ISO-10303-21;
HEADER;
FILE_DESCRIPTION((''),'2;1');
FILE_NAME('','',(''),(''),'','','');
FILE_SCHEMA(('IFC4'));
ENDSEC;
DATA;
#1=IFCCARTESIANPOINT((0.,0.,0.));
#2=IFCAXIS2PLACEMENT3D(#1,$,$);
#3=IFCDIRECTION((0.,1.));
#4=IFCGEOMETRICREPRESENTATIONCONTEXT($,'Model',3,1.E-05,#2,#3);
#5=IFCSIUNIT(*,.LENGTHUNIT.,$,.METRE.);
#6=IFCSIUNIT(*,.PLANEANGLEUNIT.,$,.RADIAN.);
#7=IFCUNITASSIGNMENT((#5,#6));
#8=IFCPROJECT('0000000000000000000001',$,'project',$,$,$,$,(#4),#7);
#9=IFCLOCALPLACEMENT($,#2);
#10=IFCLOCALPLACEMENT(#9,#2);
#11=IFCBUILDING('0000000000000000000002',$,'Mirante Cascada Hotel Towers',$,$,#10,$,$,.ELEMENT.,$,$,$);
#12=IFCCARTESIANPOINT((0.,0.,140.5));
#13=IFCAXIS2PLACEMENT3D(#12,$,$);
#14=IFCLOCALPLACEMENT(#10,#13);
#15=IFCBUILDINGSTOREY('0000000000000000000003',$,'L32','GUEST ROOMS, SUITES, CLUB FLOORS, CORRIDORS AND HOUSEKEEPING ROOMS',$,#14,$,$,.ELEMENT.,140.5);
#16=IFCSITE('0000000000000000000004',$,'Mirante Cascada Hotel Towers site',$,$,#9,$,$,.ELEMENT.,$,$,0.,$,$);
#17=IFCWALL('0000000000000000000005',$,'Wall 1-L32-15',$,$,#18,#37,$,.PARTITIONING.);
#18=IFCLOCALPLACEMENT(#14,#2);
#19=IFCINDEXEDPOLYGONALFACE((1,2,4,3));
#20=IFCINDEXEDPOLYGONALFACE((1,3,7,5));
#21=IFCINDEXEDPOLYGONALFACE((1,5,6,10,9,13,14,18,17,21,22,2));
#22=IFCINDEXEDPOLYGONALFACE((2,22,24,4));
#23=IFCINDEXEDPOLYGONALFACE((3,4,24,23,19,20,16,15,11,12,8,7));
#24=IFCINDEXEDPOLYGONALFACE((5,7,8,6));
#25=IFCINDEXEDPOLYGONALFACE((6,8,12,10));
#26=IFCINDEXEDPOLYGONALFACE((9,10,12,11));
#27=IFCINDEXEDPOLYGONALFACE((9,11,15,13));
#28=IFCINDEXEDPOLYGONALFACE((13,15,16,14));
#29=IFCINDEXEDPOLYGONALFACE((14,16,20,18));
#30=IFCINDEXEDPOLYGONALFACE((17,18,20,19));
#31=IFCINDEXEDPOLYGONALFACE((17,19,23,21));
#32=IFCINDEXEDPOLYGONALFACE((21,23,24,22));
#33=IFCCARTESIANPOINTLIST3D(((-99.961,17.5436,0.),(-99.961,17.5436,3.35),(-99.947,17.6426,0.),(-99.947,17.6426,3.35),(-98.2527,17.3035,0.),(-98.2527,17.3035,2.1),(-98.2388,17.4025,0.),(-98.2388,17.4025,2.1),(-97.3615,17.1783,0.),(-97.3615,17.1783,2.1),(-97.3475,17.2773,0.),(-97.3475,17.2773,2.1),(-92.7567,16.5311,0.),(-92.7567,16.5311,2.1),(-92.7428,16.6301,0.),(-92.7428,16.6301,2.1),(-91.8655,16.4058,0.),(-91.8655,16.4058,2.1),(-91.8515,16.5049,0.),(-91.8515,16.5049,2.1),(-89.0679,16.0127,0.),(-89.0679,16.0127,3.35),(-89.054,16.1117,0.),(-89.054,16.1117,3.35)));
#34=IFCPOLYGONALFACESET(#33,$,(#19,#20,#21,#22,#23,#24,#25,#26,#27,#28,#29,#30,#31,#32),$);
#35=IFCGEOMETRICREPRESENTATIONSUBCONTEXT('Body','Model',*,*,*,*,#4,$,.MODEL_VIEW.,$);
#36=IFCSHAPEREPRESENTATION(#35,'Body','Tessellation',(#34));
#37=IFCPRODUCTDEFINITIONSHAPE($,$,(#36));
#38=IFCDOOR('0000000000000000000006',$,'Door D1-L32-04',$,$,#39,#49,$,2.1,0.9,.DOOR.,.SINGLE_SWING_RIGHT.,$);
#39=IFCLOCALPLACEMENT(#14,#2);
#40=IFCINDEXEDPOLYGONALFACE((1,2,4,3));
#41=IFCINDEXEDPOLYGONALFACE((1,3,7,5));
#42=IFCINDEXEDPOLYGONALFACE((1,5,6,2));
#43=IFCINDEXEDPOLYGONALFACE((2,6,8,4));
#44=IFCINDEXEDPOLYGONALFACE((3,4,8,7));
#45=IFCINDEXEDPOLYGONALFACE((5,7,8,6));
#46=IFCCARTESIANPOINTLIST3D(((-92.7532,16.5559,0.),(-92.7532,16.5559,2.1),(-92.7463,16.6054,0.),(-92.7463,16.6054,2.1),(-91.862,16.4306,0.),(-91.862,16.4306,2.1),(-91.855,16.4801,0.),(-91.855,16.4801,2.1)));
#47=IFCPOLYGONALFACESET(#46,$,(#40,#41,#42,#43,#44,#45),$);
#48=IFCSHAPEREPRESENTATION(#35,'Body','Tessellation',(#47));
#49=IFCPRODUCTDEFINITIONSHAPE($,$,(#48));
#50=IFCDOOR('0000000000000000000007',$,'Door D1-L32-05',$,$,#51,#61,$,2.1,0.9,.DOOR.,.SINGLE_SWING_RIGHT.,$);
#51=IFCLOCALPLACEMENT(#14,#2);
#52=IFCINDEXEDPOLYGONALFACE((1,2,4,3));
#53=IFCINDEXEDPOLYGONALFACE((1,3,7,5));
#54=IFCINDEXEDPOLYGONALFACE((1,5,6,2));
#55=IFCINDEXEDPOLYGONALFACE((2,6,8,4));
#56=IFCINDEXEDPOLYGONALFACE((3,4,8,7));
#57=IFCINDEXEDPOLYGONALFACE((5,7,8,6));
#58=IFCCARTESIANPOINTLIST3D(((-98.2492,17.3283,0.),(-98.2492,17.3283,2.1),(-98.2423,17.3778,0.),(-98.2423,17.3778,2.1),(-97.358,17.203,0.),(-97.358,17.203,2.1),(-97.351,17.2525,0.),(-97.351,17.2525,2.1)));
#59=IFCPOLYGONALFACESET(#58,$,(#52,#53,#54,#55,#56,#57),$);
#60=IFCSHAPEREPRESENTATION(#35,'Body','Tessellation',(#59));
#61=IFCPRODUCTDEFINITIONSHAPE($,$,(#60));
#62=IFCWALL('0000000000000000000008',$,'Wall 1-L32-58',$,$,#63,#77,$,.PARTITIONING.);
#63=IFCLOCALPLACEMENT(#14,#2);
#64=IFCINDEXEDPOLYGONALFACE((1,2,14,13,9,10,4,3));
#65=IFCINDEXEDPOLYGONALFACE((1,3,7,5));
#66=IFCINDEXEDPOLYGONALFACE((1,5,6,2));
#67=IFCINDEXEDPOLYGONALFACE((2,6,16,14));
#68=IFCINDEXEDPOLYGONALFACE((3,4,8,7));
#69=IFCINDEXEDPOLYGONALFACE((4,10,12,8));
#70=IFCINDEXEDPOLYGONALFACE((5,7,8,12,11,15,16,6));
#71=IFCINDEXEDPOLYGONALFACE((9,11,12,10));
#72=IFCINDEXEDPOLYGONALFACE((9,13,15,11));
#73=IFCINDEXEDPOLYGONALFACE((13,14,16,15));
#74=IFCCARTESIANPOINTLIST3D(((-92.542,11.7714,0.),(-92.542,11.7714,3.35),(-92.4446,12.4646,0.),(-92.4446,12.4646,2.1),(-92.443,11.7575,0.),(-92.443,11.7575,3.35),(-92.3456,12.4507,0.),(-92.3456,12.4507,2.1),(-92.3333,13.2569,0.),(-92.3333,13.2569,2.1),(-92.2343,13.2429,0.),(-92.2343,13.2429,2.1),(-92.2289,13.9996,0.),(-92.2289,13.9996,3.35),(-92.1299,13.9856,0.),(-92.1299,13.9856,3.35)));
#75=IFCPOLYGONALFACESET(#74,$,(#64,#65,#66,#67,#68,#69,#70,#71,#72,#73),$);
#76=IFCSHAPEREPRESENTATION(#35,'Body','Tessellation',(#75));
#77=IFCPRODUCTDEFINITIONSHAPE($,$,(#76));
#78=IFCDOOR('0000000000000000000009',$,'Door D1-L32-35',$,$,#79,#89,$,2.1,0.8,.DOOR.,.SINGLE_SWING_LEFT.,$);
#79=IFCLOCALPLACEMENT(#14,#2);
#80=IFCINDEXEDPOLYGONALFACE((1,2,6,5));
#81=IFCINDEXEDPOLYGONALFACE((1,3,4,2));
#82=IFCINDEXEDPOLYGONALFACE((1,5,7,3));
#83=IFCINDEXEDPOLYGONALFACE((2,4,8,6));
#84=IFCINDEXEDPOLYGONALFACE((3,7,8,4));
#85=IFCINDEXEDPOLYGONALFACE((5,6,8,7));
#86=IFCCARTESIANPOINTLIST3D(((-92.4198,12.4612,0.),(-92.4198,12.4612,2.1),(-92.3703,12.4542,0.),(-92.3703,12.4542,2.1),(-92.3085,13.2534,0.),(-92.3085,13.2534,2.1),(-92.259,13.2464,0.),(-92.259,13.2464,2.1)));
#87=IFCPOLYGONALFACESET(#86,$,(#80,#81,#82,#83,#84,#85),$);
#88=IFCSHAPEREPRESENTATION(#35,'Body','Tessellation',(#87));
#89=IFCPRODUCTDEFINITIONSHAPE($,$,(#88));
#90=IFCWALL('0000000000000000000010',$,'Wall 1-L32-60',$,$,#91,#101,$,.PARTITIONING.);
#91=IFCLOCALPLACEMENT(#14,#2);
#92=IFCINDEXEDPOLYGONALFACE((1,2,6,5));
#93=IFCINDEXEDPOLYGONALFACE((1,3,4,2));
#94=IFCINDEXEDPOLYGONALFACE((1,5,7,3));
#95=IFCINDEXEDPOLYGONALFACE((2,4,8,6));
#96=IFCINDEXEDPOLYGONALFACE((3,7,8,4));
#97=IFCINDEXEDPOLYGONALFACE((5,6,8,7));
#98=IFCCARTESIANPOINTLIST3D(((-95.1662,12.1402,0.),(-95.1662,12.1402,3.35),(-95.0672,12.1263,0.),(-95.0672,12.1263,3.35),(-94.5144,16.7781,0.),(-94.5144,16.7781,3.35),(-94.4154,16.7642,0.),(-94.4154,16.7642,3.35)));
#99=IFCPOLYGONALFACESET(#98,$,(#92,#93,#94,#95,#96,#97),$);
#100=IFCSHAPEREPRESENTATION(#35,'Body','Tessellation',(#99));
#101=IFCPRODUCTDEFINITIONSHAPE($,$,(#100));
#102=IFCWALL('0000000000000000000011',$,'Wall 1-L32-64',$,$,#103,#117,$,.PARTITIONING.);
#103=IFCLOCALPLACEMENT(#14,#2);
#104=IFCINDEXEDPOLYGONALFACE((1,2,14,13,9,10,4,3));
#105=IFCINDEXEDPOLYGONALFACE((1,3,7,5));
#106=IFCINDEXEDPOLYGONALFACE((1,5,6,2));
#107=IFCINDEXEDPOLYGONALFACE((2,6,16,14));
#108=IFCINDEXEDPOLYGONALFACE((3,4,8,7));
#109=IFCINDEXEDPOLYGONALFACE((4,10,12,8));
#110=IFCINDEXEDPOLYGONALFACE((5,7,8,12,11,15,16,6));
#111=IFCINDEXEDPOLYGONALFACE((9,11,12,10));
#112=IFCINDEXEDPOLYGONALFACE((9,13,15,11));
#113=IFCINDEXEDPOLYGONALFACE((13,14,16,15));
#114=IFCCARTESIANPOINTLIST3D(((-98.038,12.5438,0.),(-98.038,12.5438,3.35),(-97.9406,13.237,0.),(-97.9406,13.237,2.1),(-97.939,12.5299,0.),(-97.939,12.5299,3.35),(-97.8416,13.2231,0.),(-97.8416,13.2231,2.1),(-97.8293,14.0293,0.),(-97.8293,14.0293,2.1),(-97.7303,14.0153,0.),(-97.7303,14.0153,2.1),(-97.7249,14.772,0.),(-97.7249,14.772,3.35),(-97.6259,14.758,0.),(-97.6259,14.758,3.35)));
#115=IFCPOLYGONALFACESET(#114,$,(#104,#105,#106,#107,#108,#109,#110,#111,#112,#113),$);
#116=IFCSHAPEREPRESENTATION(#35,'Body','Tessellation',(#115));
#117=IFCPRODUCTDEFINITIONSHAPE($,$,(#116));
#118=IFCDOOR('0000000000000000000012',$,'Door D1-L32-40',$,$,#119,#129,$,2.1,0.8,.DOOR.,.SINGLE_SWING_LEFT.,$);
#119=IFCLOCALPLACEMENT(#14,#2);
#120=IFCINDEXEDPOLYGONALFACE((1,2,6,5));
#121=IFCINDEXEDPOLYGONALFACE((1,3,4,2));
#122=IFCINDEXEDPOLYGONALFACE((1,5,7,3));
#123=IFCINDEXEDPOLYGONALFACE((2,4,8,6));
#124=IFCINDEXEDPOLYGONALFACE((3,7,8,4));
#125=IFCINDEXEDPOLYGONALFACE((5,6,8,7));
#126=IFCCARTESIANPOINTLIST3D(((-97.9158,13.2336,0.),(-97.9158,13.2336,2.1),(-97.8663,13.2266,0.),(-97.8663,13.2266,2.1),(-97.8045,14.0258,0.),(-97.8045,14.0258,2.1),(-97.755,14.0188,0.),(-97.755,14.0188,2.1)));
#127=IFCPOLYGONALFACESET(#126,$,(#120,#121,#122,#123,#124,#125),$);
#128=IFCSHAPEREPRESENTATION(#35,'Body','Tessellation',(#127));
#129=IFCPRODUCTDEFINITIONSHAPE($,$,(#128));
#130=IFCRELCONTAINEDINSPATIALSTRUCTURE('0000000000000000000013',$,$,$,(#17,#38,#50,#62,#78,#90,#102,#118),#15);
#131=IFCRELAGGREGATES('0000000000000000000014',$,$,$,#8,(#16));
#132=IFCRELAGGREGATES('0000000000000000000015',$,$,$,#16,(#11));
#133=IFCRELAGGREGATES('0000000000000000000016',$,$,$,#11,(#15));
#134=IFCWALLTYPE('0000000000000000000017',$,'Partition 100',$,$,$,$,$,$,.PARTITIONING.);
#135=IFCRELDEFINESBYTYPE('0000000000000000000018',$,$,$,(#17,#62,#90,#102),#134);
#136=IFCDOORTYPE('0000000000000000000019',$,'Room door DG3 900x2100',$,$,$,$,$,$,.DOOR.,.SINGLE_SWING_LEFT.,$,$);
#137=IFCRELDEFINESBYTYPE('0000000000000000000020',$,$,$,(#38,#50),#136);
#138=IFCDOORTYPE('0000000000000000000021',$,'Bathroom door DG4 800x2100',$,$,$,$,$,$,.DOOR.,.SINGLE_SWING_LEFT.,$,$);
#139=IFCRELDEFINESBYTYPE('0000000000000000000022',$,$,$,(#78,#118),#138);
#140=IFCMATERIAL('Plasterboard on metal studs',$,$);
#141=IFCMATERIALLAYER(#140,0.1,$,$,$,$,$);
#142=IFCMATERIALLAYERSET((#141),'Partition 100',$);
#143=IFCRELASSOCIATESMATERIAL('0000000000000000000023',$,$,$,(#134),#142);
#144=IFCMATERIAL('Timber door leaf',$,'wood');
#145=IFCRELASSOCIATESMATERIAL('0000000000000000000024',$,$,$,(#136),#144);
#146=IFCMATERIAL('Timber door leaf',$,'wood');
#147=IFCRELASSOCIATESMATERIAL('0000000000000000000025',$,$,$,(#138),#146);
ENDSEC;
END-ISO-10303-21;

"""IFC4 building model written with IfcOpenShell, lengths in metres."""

from ifc_helpers import new_model, si_unit, direction, frame, frame_2d, origin, place, context, subcontext, project, spatial, rectangle, extrude, material, layer, layer_set, type_object, element, fill, save


model = new_model("IFC4")

# Units and contexts
model_context = context("Model", 3, precision=1e-05, world=origin(), true_north=direction((0.0, 1.0)))
body_context = subcontext(model_context, "Body", "Model", "MODEL_VIEW")
ifc_project = project(units=[si_unit("LENGTHUNIT", "METRE"), si_unit("PLANEANGLEUNIT", "RADIAN")], contexts=[model_context])

# Site, building, storey
site_placement = place(None, origin())
site = spatial("IfcSite", under=ifc_project, at=site_placement, Name="Mirante Cascada Hotel Towers site", CompositionType="ELEMENT", RefElevation=0.0)
building_placement = place(site_placement, origin())
building = spatial("IfcBuilding", under=site, at=building_placement, Name="Mirante Cascada Hotel Towers", CompositionType="ELEMENT")
storey_placement = place(building_placement, frame((0.0, 0.0, 140.5)))
storey = spatial("IfcBuildingStorey", under=building, at=storey_placement, Name="L32", Description="GUEST ROOMS, SUITES, CLUB FLOORS, CORRIDORS AND HOUSEKEEPING ROOMS", CompositionType="ELEMENT", Elevation=140.5)

# Shared definitions
ifc_material_1 = material(Name="Plasterboard on metal studs")
ifc_layer_1 = layer(ifc_material_1, 0.1)
ifc_layer_set_1 = layer_set([ifc_layer_1], Name="Partition 100")
wall_type_1 = type_object("IfcWallType", Name="Partition 100", PredefinedType="PARTITIONING", material=ifc_layer_set_1)

# Wall, openings, doors
wall_1_placement = place(storey_placement, frame((-89.061, 16.0622, 0.0), z_axis=(0.0, 0.0, 1.0), x_axis=(-0.990268, 0.139172, 0.0)))
wall_1 = element("IfcWall", 1, at=wall_1_placement, inside=storey, type_object=wall_type_1, Name="Wall 1-L32-15", PredefinedType="PARTITIONING", context=body_context, shape_type="SweptSolid", body=[
    extrude(rectangle(XDim=11.0001, YDim=0.1, at=frame_2d((5.5, 0.0))), origin(), (0.0, 0.0, 1.0), 3.35),
])
opening_1_placement = place(wall_1_placement, frame((2.825, 0.0, 0.0)))
opening_1 = element("IfcOpeningElement", 2, at=opening_1_placement, cuts=wall_1, PredefinedType="OPENING", context=body_context, shape_type="SweptSolid", body=[
    extrude(rectangle(XDim=0.9, YDim=2.1, at=frame_2d((0.45, 1.05))), frame((0.0, 0.05, 0.0), z_axis=(0.0, -1.0, 0.0), x_axis=(1.0, 0.0, 0.0)), (0.0, 0.0, 1.0), 0.1),
])
opening_2_placement = place(wall_1_placement, frame((8.375, 0.0, 0.0)))
opening_2 = element("IfcOpeningElement", 3, at=opening_2_placement, cuts=wall_1, PredefinedType="OPENING", context=body_context, shape_type="SweptSolid", body=[
    extrude(rectangle(XDim=0.9, YDim=2.1, at=frame_2d((0.45, 1.05))), frame((0.0, 0.05, 0.0), z_axis=(0.0, -1.0, 0.0), x_axis=(1.0, 0.0, 0.0)), (0.0, 0.0, 1.0), 0.1),
])
ifc_material_2 = material(Name="Timber door leaf", Category="wood")
door_type_1 = type_object("IfcDoorType", Name="Room door DG3 900x2100", OperationType="SINGLE_SWING_LEFT", PredefinedType="DOOR", material=ifc_material_2)
door_1_placement = place(opening_1_placement, frame((0.9, 0.0, 0.0), z_axis=(0.0, 0.0, 1.0), x_axis=(-1.0, 0.0, 0.0)))
door_1 = element("IfcDoor", 4, at=door_1_placement, inside=storey, type_object=door_type_1, Name="Door D1-L32-04", OperationType="SINGLE_SWING_RIGHT", OverallHeight=2.1, OverallWidth=0.9, PredefinedType="DOOR", context=body_context, shape_type="SweptSolid", body=[
    extrude(rectangle(XDim=0.9, YDim=2.1, at=frame_2d((0.45, 1.05))), frame((0.0, 0.025, 0.0), z_axis=(0.0, -1.0, 0.0), x_axis=(1.0, 0.0, 0.0)), (0.0, 0.0, 1.0), 0.05),
])
fill(opening_1, door_1)
door_2_placement = place(opening_2_placement, frame((0.9, 0.0, 0.0), z_axis=(0.0, 0.0, 1.0), x_axis=(-1.0, 0.0, 0.0)))
door_2 = element("IfcDoor", 5, at=door_2_placement, inside=storey, type_object=door_type_1, Name="Door D1-L32-05", OperationType="SINGLE_SWING_RIGHT", OverallHeight=2.1, OverallWidth=0.9, PredefinedType="DOOR", context=body_context, shape_type="SweptSolid", body=[
    extrude(rectangle(XDim=0.9, YDim=2.1, at=frame_2d((0.45, 1.05))), frame((0.0, 0.025, 0.0), z_axis=(0.0, -1.0, 0.0), x_axis=(1.0, 0.0, 0.0)), (0.0, 0.0, 1.0), 0.05),
])
fill(opening_2, door_2)

# Wall, opening, door
wall_2_placement = place(storey_placement, frame((-92.1794, 13.9926, 0.0), z_axis=(0.0, 0.0, 1.0), x_axis=(-0.139156, -0.990271, 0.0)))
wall_2 = element("IfcWall", 6, at=wall_2_placement, inside=storey, type_object=wall_type_1, Name="Wall 1-L32-58", PredefinedType="PARTITIONING", context=body_context, shape_type="SweptSolid", body=[
    extrude(rectangle(XDim=2.25, YDim=0.1, at=frame_2d((1.125, 0.0))), origin(), (0.0, 0.0, 1.0), 3.35),
])
opening_3_placement = place(wall_2_placement, frame((0.75, 0.0, 0.0)))
opening_3 = element("IfcOpeningElement", 7, at=opening_3_placement, cuts=wall_2, PredefinedType="OPENING", context=body_context, shape_type="SweptSolid", body=[
    extrude(rectangle(XDim=0.8, YDim=2.1, at=frame_2d((0.4, 1.05))), frame((0.0, 0.05, 0.0), z_axis=(0.0, -1.0, 0.0), x_axis=(1.0, 0.0, 0.0)), (0.0, 0.0, 1.0), 0.1),
])
ifc_material_3 = material(Name="Timber door leaf", Category="wood")
door_type_2 = type_object("IfcDoorType", Name="Bathroom door DG4 800x2100", OperationType="SINGLE_SWING_LEFT", PredefinedType="DOOR", material=ifc_material_3)
door_3_placement = place(opening_3_placement, origin())
door_3 = element("IfcDoor", 8, at=door_3_placement, inside=storey, type_object=door_type_2, Name="Door D1-L32-35", OperationType="SINGLE_SWING_LEFT", OverallHeight=2.1, OverallWidth=0.8, PredefinedType="DOOR", context=body_context, shape_type="SweptSolid", body=[
    extrude(rectangle(XDim=0.8, YDim=2.1, at=frame_2d((0.4, 1.05))), frame((0.0, 0.025, 0.0), z_axis=(0.0, -1.0, 0.0), x_axis=(1.0, 0.0, 0.0)), (0.0, 0.0, 1.0), 0.05),
])
fill(opening_3, door_3)

# Wall
wall_3_placement = place(storey_placement, frame((-94.4649, 16.7712, 0.0), z_axis=(0.0, 0.0, 1.0), x_axis=(-0.13917, -0.990268, 0.0)))
element("IfcWall", 9, at=wall_3_placement, inside=storey, type_object=wall_type_1, Name="Wall 1-L32-60", PredefinedType="PARTITIONING", context=body_context, shape_type="SweptSolid", body=[
    extrude(rectangle(XDim=4.6835, YDim=0.1, at=frame_2d((2.3418, 0.0))), origin(), (0.0, 0.0, 1.0), 3.35),
])

# Wall, opening, door
wall_4_placement = place(storey_placement, frame((-97.6754, 14.765, 0.0), z_axis=(0.0, 0.0, 1.0), x_axis=(-0.139156, -0.990271, 0.0)))
wall_4 = element("IfcWall", 10, at=wall_4_placement, inside=storey, type_object=wall_type_1, Name="Wall 1-L32-64", PredefinedType="PARTITIONING", context=body_context, shape_type="SweptSolid", body=[
    extrude(rectangle(XDim=2.25, YDim=0.1, at=frame_2d((1.125, 0.0))), origin(), (0.0, 0.0, 1.0), 3.35),
])
opening_4_placement = place(wall_4_placement, frame((0.75, 0.0, 0.0)))
opening_4 = element("IfcOpeningElement", 11, at=opening_4_placement, cuts=wall_4, PredefinedType="OPENING", context=body_context, shape_type="SweptSolid", body=[
    extrude(rectangle(XDim=0.8, YDim=2.1, at=frame_2d((0.4, 1.05))), frame((0.0, 0.05, 0.0), z_axis=(0.0, -1.0, 0.0), x_axis=(1.0, 0.0, 0.0)), (0.0, 0.0, 1.0), 0.1),
])
door_4_placement = place(opening_4_placement, origin())
door_4 = element("IfcDoor", 12, at=door_4_placement, inside=storey, type_object=door_type_2, Name="Door D1-L32-40", OperationType="SINGLE_SWING_LEFT", OverallHeight=2.1, OverallWidth=0.8, PredefinedType="DOOR", context=body_context, shape_type="SweptSolid", body=[
    extrude(rectangle(XDim=0.8, YDim=2.1, at=frame_2d((0.4, 1.05))), frame((0.0, 0.025, 0.0), z_axis=(0.0, -1.0, 0.0), x_axis=(1.0, 0.0, 0.0)), (0.0, 0.0, 1.0), 0.05),
])
fill(opening_4, door_4)

save(model, "model.ifc")
